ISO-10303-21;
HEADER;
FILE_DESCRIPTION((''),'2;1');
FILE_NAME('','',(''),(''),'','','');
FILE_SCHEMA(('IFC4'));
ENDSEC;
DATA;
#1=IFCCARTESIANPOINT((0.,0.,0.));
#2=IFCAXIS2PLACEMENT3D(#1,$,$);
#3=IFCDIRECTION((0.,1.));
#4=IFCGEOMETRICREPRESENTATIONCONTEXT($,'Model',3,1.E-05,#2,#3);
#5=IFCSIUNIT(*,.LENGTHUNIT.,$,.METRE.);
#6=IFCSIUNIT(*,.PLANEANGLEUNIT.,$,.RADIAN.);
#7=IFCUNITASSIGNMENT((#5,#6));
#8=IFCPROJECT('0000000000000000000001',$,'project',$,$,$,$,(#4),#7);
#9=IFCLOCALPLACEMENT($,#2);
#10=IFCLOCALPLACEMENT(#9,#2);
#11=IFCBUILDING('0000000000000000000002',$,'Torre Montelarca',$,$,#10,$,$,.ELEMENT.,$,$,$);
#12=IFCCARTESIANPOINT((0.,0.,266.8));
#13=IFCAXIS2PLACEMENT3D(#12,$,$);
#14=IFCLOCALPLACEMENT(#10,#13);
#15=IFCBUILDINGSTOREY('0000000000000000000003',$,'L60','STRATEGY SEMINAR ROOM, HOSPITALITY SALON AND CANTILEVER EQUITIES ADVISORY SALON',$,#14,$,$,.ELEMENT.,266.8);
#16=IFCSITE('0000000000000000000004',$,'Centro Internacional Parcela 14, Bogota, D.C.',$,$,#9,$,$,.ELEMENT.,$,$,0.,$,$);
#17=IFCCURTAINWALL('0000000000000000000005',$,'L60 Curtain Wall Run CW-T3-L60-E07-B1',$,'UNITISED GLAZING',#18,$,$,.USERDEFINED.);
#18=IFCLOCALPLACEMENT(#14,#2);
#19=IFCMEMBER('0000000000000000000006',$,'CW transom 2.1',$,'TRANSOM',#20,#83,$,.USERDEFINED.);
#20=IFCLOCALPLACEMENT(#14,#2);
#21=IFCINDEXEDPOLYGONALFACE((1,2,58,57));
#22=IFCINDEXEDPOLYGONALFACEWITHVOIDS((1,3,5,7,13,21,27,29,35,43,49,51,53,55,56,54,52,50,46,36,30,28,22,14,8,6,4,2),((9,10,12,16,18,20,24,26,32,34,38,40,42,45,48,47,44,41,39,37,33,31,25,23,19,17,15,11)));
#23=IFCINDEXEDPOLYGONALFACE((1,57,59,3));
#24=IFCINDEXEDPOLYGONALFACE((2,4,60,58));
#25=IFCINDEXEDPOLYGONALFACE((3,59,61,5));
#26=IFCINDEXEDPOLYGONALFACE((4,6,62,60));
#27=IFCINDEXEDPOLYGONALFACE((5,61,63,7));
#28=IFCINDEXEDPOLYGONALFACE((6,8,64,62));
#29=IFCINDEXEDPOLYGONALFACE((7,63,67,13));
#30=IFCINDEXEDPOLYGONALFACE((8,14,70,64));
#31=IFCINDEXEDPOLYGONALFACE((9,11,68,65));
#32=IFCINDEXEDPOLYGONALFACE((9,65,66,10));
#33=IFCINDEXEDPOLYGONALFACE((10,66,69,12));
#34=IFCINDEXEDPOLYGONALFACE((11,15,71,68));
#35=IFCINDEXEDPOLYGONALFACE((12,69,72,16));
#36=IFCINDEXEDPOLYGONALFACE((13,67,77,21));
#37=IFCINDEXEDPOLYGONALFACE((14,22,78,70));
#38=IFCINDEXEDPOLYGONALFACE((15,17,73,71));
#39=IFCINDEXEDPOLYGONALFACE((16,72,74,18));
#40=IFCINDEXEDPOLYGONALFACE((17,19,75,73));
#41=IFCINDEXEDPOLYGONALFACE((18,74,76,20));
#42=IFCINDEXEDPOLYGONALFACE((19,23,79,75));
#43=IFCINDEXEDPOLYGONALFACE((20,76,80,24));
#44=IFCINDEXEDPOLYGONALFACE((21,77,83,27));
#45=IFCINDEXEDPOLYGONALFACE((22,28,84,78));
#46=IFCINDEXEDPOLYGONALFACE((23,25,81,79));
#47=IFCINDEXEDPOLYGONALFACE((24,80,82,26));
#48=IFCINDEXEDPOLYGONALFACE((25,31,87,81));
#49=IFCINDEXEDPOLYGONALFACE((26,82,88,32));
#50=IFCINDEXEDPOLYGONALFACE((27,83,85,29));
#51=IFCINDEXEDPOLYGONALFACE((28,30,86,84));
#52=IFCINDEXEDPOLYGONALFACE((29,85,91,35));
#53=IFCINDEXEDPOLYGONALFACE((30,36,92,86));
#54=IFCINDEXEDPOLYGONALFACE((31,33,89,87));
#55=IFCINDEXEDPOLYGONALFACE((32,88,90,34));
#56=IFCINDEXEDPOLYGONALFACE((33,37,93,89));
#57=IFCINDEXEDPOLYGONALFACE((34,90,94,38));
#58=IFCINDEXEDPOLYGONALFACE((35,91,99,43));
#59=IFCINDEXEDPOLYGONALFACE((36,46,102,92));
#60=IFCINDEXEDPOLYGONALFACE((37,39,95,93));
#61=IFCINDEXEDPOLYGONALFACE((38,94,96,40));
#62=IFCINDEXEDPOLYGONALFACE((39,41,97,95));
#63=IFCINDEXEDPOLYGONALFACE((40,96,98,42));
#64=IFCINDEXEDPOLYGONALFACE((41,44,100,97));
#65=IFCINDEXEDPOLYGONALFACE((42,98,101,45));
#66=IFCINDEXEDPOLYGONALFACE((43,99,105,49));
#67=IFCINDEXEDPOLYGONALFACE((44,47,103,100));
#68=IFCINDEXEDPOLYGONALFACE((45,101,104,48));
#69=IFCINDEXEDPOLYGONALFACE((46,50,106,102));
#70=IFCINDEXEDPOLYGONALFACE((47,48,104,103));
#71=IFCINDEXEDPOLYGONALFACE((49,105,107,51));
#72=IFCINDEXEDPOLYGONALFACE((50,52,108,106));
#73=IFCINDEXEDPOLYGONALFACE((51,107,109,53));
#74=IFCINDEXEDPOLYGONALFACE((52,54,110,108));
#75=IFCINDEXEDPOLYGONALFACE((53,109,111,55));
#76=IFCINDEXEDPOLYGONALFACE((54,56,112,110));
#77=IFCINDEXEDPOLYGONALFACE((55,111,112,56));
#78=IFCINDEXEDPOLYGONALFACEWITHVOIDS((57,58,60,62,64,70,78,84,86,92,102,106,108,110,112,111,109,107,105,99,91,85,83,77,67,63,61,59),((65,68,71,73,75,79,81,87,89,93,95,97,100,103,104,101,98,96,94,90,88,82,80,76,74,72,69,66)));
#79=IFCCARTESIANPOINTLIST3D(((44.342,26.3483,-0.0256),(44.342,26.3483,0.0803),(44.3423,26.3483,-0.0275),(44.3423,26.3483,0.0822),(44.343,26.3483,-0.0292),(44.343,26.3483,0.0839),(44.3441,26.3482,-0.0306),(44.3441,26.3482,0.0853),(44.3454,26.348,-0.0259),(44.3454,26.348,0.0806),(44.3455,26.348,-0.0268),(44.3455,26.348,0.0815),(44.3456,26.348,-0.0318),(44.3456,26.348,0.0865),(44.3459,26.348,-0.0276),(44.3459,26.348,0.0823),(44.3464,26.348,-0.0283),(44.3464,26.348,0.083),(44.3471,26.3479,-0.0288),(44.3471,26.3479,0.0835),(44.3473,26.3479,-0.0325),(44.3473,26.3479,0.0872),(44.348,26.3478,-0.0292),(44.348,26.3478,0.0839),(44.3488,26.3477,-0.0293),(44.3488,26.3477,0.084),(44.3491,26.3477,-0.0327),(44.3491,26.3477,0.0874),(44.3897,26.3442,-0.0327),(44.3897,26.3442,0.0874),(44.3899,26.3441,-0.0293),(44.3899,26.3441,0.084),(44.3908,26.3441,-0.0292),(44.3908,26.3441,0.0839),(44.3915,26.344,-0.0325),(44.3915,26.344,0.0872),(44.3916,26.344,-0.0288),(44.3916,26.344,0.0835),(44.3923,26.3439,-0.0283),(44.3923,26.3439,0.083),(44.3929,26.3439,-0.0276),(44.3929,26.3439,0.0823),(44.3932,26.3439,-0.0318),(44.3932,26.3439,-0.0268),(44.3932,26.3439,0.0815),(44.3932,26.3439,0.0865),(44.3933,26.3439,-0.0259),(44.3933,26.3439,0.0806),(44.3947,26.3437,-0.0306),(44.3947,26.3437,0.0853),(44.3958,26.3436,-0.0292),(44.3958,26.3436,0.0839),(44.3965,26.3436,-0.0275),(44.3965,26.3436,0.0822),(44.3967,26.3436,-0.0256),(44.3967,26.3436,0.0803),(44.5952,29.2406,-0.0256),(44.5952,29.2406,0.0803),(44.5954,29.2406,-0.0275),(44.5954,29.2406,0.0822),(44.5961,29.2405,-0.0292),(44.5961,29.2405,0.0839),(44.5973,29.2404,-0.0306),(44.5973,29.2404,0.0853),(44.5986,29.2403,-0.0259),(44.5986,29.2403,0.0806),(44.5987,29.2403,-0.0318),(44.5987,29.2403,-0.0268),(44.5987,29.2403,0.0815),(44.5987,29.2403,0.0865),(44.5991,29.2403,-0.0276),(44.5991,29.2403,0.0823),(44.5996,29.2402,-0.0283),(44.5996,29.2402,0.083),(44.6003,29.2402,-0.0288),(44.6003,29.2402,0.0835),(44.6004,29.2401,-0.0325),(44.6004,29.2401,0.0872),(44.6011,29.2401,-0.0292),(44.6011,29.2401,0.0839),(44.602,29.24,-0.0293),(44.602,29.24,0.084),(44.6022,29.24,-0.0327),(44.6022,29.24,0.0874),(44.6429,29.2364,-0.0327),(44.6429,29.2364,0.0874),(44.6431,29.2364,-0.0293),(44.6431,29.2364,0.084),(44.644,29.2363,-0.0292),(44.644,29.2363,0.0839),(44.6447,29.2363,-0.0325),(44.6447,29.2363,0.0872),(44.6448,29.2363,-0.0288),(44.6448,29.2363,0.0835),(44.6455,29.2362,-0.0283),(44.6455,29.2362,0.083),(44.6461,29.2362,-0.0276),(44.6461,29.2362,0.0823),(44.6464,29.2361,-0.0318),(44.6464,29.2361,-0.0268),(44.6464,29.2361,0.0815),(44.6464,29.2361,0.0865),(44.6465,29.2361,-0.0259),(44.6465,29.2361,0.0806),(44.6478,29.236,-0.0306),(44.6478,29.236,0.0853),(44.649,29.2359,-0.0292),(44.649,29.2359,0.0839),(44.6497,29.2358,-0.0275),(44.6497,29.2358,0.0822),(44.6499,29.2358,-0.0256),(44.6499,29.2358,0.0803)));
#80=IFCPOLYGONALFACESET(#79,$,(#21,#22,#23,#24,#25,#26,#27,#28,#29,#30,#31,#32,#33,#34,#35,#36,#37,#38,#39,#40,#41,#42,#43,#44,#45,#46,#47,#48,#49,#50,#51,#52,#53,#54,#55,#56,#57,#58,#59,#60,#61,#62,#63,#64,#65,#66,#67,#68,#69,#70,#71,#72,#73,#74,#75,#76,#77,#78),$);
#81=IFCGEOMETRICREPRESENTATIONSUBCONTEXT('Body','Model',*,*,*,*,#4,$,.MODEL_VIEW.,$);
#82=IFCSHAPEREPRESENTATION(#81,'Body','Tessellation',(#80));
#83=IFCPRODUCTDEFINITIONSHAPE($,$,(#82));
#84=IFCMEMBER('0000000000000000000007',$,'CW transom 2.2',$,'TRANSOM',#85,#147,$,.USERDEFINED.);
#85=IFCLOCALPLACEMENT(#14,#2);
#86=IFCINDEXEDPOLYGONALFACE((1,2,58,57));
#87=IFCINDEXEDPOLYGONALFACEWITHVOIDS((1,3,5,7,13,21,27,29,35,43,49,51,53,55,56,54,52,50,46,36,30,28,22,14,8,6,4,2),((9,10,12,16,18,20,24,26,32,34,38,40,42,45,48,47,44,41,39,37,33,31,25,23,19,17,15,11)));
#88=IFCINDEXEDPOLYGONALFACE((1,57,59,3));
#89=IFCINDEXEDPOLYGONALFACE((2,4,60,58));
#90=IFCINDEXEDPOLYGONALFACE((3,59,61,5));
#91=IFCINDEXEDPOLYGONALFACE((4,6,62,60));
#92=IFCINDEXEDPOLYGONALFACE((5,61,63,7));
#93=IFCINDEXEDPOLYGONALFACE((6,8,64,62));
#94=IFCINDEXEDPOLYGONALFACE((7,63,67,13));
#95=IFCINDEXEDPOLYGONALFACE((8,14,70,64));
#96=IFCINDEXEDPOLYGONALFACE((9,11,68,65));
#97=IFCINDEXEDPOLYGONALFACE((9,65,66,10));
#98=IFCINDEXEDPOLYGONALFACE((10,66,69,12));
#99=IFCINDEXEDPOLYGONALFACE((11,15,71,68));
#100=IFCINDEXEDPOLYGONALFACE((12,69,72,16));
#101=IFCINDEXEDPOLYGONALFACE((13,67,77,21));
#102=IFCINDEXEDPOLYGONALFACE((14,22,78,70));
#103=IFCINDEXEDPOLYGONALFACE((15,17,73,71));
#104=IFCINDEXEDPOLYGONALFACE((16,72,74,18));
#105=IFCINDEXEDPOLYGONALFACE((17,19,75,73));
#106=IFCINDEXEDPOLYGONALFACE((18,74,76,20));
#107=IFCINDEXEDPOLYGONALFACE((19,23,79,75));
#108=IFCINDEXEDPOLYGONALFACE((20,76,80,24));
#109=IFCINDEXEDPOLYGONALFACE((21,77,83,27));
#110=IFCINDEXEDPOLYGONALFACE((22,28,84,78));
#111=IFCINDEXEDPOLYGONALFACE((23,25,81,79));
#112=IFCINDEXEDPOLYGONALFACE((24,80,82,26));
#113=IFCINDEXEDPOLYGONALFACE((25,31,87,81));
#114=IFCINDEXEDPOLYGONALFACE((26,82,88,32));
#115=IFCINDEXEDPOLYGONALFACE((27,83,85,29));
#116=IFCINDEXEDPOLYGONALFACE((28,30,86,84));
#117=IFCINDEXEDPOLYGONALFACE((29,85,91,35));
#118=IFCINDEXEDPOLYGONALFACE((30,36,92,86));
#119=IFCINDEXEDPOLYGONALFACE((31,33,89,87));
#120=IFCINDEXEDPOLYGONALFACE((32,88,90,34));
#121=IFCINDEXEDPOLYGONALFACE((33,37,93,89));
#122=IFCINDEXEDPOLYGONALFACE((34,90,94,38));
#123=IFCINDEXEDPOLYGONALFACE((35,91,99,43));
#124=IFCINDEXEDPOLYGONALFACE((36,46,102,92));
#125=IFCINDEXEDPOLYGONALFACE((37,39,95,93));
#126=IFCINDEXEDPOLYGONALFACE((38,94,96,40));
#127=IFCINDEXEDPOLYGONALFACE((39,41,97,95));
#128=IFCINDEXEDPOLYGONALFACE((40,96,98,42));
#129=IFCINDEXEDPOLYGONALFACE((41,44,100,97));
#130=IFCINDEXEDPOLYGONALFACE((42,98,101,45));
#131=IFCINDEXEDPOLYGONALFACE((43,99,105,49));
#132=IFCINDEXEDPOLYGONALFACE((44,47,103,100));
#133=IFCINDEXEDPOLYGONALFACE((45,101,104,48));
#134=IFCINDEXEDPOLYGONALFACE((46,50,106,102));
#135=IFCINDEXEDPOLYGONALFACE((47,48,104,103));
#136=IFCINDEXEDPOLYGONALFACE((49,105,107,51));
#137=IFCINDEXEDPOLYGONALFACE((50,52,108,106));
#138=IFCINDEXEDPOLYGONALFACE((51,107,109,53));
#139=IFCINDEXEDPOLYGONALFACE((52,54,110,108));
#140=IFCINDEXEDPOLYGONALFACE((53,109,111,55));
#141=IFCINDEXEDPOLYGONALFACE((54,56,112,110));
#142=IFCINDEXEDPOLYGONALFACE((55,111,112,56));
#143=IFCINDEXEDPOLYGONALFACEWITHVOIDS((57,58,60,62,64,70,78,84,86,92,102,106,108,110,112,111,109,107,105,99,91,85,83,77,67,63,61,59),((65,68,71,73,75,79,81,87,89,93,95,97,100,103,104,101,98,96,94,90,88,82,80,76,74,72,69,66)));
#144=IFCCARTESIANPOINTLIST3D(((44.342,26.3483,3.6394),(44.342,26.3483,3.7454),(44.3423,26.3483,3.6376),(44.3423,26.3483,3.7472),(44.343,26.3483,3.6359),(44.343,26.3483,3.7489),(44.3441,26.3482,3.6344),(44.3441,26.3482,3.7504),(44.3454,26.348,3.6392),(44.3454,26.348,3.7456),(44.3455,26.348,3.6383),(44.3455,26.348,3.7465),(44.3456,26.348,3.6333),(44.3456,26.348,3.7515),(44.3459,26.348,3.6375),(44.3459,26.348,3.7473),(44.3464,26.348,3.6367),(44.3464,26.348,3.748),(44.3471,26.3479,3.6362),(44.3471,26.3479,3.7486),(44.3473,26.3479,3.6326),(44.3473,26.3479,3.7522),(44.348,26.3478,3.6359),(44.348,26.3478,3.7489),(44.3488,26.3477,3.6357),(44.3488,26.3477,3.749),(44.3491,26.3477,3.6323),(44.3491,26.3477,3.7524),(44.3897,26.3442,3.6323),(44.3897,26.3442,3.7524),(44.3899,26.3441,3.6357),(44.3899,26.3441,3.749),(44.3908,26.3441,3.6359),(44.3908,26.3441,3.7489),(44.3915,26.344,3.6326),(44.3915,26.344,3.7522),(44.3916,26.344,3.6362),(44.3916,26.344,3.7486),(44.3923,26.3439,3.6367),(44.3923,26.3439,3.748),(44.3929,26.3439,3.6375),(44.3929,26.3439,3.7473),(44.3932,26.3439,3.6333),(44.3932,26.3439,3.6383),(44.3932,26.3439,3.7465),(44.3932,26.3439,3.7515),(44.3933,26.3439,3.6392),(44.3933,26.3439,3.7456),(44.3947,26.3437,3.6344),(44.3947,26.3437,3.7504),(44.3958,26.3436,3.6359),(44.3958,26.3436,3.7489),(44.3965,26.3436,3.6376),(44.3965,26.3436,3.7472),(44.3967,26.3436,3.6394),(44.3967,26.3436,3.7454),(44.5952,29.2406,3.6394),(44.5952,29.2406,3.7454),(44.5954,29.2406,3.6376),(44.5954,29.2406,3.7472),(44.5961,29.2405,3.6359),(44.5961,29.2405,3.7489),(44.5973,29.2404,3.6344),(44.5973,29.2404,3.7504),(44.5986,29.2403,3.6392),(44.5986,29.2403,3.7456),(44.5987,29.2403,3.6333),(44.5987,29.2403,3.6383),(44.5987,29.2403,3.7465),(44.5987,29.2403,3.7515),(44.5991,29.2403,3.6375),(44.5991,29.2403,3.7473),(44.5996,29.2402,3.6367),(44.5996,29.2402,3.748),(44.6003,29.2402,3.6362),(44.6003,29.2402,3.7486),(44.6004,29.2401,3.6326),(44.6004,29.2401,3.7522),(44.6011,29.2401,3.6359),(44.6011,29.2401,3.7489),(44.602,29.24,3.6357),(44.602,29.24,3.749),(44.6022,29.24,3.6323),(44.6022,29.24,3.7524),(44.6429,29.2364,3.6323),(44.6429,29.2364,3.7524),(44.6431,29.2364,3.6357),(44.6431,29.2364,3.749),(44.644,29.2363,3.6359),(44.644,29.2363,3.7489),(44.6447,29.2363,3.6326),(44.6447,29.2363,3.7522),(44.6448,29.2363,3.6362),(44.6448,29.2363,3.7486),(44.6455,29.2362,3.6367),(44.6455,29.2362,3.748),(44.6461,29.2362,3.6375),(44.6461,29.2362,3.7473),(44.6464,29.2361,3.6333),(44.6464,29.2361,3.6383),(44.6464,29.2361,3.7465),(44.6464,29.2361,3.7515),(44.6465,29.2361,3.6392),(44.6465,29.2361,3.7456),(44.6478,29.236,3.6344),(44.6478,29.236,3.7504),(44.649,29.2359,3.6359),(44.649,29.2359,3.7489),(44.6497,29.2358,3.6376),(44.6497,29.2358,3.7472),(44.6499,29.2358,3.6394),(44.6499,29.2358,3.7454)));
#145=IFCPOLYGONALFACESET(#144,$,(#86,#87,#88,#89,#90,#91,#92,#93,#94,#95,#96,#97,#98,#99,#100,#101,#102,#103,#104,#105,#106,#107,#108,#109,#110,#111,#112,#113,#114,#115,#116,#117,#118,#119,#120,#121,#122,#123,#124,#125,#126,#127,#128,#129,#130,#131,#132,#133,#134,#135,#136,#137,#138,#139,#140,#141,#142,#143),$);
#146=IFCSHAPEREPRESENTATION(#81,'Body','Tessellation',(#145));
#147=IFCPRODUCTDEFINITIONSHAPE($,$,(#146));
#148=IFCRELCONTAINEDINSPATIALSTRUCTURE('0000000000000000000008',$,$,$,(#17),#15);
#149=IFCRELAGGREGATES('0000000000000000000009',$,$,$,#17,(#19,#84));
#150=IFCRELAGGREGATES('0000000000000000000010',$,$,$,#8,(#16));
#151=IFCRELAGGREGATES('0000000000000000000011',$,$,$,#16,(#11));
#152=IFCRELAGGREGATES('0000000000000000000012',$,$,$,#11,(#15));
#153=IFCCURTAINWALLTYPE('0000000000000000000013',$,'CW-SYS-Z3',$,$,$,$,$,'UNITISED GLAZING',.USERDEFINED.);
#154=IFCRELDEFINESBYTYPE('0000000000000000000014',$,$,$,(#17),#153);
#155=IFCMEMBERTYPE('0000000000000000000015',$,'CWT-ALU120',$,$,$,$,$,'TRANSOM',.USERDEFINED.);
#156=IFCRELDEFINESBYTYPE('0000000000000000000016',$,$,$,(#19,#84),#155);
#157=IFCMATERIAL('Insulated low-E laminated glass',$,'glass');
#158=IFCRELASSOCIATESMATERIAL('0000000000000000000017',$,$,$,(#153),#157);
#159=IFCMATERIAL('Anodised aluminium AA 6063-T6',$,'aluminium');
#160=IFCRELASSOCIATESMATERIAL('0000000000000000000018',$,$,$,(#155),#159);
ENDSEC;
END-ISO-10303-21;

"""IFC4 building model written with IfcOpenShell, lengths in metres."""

from ifc_helpers import new_model, si_unit, direction, frame, origin, origin_2d, place, context, subcontext, project, spatial, hollow_rectangle, extrude, source, transform, mapped, material, material_profile, profile_set, type_object, element, aggregate, save


model = new_model("IFC4")

# Units and contexts
model_context = context("Model", 3, precision=1e-05, world=origin(), true_north=direction((0.0, 1.0)))
body_context = subcontext(model_context, "Body", "Model", "MODEL_VIEW")
ifc_project = project(units=[si_unit("LENGTHUNIT", "METRE"), si_unit("PLANEANGLEUNIT", "RADIAN")], contexts=[model_context])

# Site, building, storey
site_placement = place(None, origin())
site = spatial("IfcSite", under=ifc_project, at=site_placement, Name="Centro Internacional Parcela 14, Bogota, D.C.", CompositionType="ELEMENT", RefElevation=0.0)
building_placement = place(site_placement, origin())
building = spatial("IfcBuilding", under=site, at=building_placement, Name="Torre Montelarca", CompositionType="ELEMENT")
storey_placement = place(building_placement, frame((0.0, 0.0, 266.8)))
storey = spatial("IfcBuildingStorey", under=building, at=storey_placement, Name="L60", Description="STRATEGY SEMINAR ROOM, HOSPITALITY SALON AND CANTILEVER EQUITIES ADVISORY SALON", CompositionType="ELEMENT", Elevation=266.8)

# Curtain wall, members
ifc_material_1 = material(Name="Insulated low-E laminated glass", Category="glass")
curtain_wall_type = type_object("IfcCurtainWallType", Name="CW-SYS-Z3", ElementType="UNITISED GLAZING", PredefinedType="USERDEFINED", material=ifc_material_1)
curtain_wall_1_placement = place(storey_placement, origin())
curtain_wall_1 = element("IfcCurtainWall", 1, at=curtain_wall_1_placement, inside=storey, type_object=curtain_wall_type, Name="L60 Curtain Wall Run CW-T3-L60-E07-B1", ObjectType="UNITISED GLAZING", PredefinedType="USERDEFINED")
ifc_material_2 = material(Name="Anodised aluminium AA 6063-T6", Category="aluminium")
ifc_material_profile_1 = material_profile(ifc_material_2, hollow_rectangle(XDim=0.0549, YDim=0.1201, WallThickness=0.0034, InnerFilletRadius=0.0034, OuterFilletRadius=0.0071, at=origin_2d()), Name="ALU55X120X3.5", Category="aluminium")
ifc_profile_set_1 = profile_set([ifc_material_profile_1], Name="Anodised aluminium AA 6063-T6")
member_type_1 = type_object("IfcMemberType", Name="CWT-ALU120", ElementType="TRANSOM", PredefinedType="USERDEFINED", material=ifc_profile_set_1)
shared_shape_1 = source(origin(), body_context, "Body", "SweptSolid", [
    extrude(hollow_rectangle(XDim=0.0549, YDim=0.1201, WallThickness=0.0034, InnerFilletRadius=0.0034, OuterFilletRadius=0.0071, at=origin_2d()), origin(), (0.0, 0.0, 1.0), 2.9033),
])
member_1_placement = place(storey_placement, frame((44.3694, 26.3459, 0.0273), z_axis=(0.087199, 0.996191, 0.0), x_axis=(-0.996191, 0.087199, 0.0)))
member_1 = element("IfcMember", 2, at=member_1_placement, type_object=member_type_1, Name="CW transom 2.1", ObjectType="TRANSOM", PredefinedType="USERDEFINED", context=body_context, shape_type="MappedRepresentation", body=[
    mapped(shared_shape_1, transform((0.0, 0.0, 0.0), scale=1.0)),
])
member_2_placement = place(storey_placement, frame((44.3694, 26.3459, 3.6924), z_axis=(0.087199, 0.996191, 0.0), x_axis=(-0.996191, 0.087199, 0.0)))
member_2 = element("IfcMember", 3, at=member_2_placement, type_object=member_type_1, Name="CW transom 2.2", ObjectType="TRANSOM", PredefinedType="USERDEFINED", context=body_context, shape_type="MappedRepresentation", body=[
    mapped(shared_shape_1, transform((0.0, 0.0, 0.0), scale=1.0)),
])

aggregate(curtain_wall_1, [member_1, member_2])

save(model, "model.ifc")
